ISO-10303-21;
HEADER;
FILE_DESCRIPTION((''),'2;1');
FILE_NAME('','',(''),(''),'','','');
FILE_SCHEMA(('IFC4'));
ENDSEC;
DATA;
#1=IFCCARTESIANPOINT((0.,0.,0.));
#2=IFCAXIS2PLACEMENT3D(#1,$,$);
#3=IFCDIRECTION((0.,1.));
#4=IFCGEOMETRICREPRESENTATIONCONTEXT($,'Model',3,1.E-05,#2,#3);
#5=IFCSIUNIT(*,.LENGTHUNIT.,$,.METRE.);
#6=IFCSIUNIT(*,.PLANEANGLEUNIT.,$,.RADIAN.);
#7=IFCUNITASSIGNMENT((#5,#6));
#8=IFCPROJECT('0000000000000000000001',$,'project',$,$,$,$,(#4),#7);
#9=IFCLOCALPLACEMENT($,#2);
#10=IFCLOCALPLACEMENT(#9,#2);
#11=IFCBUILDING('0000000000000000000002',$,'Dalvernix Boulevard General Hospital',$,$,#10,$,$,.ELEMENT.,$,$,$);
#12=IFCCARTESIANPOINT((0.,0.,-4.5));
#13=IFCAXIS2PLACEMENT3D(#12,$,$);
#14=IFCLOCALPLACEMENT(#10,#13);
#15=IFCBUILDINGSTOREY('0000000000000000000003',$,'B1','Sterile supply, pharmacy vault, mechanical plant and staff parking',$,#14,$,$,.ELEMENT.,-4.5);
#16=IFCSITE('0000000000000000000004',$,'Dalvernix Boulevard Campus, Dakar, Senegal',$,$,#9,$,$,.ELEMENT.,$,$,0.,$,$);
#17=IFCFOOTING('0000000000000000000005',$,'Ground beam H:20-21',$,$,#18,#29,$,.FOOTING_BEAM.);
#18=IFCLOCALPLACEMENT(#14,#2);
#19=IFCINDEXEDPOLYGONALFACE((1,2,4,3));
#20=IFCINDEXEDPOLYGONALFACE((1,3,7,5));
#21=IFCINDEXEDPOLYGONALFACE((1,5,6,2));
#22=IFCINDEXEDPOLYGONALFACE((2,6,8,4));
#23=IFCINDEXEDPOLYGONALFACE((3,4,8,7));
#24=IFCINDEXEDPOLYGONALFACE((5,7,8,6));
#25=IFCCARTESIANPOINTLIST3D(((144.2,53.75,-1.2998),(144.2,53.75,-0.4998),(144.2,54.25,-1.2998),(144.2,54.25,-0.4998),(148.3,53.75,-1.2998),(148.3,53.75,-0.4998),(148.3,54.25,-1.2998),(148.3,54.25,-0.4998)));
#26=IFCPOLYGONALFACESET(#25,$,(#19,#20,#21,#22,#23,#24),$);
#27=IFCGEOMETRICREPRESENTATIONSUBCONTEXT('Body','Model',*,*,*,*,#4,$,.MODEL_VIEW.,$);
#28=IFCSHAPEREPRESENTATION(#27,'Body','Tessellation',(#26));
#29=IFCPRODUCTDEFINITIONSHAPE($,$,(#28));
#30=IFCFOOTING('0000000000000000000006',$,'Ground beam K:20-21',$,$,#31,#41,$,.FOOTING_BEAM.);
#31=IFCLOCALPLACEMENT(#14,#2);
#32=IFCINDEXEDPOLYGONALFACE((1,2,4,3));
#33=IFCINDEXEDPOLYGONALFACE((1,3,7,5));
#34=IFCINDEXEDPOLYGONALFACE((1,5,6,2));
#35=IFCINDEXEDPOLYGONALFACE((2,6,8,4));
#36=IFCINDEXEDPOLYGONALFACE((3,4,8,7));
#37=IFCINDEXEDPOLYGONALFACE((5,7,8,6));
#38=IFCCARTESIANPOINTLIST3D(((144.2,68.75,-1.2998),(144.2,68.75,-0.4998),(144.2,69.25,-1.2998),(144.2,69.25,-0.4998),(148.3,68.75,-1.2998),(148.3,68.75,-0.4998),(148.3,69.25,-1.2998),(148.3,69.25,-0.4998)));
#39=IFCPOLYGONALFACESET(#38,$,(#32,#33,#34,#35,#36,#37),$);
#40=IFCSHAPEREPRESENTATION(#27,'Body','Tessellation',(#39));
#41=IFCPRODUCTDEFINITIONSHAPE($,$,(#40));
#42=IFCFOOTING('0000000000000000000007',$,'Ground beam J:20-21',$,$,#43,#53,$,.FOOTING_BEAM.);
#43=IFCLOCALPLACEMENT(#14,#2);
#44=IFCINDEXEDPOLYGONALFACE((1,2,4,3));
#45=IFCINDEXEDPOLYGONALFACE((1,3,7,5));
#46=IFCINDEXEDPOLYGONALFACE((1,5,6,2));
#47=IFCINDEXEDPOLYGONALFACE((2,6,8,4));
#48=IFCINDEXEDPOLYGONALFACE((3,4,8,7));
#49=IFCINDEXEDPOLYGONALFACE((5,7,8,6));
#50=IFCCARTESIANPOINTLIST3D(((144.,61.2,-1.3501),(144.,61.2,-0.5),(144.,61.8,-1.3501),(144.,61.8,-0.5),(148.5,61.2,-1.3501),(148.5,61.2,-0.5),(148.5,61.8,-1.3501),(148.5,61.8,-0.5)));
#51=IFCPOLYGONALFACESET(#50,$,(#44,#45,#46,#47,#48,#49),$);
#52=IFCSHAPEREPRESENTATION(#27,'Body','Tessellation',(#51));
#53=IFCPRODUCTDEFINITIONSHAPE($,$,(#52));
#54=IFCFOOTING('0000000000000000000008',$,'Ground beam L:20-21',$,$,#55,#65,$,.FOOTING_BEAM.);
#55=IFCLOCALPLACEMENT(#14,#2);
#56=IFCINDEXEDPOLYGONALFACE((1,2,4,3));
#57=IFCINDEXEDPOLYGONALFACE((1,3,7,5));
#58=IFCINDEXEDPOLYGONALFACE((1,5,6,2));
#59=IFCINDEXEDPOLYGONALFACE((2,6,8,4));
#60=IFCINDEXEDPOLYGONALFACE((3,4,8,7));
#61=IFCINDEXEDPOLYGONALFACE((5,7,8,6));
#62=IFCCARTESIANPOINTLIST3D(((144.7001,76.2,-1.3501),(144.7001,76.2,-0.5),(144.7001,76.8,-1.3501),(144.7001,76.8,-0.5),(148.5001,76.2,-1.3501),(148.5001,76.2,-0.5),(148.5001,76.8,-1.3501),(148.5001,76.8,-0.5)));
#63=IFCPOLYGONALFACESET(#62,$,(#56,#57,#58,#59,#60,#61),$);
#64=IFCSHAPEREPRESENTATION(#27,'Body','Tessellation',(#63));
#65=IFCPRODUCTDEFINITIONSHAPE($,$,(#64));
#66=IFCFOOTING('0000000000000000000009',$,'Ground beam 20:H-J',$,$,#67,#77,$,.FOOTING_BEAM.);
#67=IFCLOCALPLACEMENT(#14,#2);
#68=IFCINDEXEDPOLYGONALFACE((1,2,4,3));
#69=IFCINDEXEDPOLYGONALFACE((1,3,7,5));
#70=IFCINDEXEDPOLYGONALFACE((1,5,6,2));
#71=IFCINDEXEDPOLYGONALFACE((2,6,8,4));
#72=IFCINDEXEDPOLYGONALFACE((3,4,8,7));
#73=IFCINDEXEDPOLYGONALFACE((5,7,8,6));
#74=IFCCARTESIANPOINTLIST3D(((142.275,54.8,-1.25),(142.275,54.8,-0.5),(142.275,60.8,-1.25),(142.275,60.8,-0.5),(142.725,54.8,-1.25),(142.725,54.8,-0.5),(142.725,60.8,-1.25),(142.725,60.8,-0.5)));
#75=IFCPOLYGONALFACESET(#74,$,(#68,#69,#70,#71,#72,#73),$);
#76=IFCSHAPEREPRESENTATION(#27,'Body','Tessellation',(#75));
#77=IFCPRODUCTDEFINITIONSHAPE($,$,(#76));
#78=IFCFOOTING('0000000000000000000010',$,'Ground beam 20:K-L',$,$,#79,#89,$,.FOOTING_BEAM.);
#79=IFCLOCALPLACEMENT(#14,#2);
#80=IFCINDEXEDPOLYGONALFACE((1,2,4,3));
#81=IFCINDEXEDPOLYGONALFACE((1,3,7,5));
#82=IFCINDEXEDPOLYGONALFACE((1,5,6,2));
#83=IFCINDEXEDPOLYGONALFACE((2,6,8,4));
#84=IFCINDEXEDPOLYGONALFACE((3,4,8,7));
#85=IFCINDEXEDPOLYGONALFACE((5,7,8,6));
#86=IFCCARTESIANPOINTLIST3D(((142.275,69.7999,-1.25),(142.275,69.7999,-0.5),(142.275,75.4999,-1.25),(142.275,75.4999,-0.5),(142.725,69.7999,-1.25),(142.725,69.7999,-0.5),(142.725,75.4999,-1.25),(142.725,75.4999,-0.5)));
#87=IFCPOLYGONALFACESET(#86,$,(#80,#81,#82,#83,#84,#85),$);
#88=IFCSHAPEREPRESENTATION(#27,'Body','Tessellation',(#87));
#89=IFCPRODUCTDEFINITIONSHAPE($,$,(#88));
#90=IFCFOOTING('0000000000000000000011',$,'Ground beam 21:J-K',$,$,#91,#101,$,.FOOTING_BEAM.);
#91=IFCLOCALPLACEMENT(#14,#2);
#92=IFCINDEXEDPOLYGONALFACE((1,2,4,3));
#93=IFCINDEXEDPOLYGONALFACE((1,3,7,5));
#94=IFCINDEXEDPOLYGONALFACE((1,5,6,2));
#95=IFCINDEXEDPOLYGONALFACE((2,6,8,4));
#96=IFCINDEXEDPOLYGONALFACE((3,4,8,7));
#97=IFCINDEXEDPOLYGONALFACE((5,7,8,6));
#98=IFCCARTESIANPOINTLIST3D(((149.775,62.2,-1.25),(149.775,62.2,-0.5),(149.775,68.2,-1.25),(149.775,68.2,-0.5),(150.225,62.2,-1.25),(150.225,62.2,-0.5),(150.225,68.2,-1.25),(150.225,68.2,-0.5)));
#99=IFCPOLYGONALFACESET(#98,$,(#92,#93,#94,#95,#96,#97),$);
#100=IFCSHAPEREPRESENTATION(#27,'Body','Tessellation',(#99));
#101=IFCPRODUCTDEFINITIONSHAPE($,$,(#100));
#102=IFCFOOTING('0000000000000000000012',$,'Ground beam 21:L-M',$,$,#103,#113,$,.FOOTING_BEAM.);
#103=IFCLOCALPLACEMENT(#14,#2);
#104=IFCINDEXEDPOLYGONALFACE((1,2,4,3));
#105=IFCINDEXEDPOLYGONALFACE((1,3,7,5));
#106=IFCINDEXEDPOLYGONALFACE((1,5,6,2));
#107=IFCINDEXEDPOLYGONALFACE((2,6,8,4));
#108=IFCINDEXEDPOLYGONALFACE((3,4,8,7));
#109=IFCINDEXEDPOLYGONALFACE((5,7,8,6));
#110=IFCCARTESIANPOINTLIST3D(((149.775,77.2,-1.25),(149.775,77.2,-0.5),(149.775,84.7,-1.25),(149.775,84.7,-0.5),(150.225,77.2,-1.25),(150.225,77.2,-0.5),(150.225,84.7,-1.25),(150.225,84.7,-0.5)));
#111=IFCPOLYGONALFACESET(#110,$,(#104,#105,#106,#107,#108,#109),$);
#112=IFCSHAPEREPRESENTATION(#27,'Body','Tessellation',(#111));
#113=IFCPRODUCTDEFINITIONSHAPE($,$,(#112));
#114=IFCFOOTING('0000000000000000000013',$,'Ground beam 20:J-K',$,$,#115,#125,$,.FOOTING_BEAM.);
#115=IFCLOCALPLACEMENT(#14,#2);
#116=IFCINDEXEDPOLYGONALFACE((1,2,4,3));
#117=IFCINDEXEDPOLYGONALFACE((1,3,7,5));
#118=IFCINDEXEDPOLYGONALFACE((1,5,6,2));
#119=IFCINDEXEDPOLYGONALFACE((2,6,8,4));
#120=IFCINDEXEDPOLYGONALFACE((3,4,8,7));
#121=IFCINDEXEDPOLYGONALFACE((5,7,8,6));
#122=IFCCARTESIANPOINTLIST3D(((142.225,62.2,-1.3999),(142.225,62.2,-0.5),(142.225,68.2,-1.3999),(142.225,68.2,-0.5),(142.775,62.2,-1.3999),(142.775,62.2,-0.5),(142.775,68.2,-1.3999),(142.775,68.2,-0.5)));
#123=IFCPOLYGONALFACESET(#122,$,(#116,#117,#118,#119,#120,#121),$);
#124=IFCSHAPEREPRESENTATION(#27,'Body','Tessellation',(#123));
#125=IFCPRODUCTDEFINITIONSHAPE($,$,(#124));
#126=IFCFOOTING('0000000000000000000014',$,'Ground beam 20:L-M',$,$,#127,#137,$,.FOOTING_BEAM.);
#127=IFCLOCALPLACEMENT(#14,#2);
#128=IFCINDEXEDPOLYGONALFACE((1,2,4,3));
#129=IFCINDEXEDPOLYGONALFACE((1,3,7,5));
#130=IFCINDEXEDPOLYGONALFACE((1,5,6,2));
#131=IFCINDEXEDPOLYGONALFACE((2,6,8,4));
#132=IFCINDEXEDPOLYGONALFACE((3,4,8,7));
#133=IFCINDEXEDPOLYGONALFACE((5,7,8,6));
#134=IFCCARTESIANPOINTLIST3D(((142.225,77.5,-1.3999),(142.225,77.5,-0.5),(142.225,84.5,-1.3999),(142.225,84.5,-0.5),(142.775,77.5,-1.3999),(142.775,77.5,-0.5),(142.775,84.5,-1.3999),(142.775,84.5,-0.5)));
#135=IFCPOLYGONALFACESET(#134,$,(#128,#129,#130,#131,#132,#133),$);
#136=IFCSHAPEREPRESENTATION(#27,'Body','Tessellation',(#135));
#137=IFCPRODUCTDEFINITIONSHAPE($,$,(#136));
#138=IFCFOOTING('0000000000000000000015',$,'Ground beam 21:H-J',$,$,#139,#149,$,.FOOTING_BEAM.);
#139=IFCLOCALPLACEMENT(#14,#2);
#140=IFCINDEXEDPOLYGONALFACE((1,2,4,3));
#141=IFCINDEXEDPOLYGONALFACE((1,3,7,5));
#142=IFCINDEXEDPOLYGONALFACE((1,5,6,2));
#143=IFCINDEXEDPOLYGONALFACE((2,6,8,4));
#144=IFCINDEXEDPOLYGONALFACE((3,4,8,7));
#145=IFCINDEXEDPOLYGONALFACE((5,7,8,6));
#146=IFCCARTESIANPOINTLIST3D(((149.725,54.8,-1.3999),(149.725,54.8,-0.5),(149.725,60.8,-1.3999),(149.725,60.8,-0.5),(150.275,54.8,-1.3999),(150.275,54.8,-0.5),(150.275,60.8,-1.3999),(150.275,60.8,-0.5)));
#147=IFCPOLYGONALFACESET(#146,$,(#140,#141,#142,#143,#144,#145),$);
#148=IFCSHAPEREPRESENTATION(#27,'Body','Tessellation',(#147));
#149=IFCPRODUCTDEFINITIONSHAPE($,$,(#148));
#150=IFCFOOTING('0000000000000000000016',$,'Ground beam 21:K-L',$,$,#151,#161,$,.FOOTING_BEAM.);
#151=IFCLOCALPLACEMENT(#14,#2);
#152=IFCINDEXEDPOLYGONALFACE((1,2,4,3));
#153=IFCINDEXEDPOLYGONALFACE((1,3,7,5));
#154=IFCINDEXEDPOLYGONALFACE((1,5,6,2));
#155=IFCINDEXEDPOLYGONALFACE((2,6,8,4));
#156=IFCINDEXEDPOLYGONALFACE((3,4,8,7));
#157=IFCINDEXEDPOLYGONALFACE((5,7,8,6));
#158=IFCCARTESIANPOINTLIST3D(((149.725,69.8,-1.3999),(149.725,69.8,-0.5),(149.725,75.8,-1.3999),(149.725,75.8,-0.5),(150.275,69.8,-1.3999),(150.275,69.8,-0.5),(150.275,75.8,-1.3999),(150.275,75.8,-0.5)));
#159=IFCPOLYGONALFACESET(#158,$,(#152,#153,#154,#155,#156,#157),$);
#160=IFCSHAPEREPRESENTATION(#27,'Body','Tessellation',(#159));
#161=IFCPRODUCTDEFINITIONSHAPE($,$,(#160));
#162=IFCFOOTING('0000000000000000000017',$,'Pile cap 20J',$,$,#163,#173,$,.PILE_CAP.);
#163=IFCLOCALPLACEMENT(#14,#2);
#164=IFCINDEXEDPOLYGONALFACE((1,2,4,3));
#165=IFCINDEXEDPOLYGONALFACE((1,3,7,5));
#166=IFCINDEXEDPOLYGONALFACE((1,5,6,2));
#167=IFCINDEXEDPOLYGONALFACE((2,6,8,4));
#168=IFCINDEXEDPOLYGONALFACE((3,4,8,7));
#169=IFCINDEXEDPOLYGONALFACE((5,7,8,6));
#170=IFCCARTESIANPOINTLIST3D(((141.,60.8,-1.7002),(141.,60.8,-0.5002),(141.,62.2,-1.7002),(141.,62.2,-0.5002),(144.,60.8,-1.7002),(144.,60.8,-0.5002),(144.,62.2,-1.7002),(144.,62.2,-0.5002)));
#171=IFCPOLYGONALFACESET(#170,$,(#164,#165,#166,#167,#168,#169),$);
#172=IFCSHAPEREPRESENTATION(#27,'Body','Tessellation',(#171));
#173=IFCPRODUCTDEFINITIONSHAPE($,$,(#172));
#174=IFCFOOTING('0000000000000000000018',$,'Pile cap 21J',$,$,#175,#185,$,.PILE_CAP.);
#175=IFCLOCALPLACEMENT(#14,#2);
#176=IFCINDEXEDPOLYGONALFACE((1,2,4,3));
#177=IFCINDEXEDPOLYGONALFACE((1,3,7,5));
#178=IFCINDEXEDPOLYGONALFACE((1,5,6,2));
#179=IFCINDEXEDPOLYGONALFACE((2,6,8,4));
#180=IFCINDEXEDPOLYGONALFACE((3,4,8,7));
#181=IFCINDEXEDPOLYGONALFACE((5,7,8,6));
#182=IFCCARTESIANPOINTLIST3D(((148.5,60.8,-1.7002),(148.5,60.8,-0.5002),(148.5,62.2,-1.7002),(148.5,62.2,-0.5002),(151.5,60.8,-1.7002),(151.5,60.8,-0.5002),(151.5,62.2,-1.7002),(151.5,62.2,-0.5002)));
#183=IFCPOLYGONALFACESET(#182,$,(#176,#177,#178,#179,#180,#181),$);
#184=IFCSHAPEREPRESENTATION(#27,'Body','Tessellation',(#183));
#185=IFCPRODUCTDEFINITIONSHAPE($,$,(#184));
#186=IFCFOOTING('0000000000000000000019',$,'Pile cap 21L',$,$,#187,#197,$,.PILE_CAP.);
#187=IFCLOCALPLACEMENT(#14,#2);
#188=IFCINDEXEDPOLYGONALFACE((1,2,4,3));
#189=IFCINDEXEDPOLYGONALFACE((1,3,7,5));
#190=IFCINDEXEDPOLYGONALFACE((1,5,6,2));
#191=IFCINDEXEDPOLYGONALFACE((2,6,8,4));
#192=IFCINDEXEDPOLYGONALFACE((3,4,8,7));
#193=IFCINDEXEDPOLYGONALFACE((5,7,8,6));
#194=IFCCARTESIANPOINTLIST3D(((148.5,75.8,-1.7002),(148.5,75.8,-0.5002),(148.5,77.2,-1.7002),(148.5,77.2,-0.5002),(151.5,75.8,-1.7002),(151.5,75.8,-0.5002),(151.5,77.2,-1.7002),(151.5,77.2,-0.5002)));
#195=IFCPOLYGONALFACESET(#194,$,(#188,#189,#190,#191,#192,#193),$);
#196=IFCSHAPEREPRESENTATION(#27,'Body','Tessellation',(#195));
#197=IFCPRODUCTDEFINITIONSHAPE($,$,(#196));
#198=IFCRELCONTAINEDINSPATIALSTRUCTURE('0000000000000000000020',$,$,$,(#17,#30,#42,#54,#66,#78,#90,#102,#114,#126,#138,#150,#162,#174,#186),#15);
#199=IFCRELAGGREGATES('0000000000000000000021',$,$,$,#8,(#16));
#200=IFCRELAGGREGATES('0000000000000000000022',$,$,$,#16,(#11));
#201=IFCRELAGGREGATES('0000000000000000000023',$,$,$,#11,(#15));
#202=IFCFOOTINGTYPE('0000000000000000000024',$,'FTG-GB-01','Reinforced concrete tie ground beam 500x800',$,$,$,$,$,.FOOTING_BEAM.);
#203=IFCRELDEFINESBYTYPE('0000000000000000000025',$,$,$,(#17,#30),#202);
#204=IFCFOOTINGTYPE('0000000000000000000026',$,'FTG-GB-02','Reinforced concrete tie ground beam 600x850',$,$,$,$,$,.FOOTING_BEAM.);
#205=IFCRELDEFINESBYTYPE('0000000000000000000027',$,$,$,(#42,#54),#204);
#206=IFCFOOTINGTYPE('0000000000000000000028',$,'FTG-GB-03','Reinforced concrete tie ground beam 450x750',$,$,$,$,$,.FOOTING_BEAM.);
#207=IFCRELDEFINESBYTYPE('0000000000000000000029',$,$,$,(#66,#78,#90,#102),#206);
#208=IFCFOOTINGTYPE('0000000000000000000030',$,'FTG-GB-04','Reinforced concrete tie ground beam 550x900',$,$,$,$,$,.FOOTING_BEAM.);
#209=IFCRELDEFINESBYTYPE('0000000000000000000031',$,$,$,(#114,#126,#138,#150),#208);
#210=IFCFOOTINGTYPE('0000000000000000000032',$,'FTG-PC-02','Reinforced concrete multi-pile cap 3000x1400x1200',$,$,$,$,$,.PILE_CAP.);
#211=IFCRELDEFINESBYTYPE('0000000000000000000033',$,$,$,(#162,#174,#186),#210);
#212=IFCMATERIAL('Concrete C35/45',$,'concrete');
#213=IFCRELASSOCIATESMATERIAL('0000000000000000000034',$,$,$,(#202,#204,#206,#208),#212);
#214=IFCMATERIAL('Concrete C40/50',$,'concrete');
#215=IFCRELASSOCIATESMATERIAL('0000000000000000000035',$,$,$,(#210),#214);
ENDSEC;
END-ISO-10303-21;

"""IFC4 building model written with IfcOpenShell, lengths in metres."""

from ifc_helpers import new_model, si_unit, direction, frame, origin, origin_2d, place, context, subcontext, project, spatial, rectangle, extrude, material, type_object, element, save


model = new_model("IFC4")

# Units and contexts
model_context = context("Model", 3, precision=1e-05, world=origin(), true_north=direction((0.0, 1.0)))
body_context = subcontext(model_context, "Body", "Model", "MODEL_VIEW")
ifc_project = project(units=[si_unit("LENGTHUNIT", "METRE"), si_unit("PLANEANGLEUNIT", "RADIAN")], contexts=[model_context])

# Site, building, storey
site_placement = place(None, origin())
site = spatial("IfcSite", under=ifc_project, at=site_placement, Name="Dalvernix Boulevard Campus, Dakar, Senegal", CompositionType="ELEMENT", RefElevation=0.0)
building_placement = place(site_placement, origin())
building = spatial("IfcBuilding", under=site, at=building_placement, Name="Dalvernix Boulevard General Hospital", CompositionType="ELEMENT")
storey_placement = place(building_placement, frame((0.0, 0.0, -4.5)))
storey = spatial("IfcBuildingStorey", under=building, at=storey_placement, Name="B1", Description="Sterile supply, pharmacy vault, mechanical plant and staff parking", CompositionType="ELEMENT", Elevation=-4.5)

# Footings
ifc_material_1 = material(Name="Concrete C35/45", Category="concrete")
footing_type_1 = type_object("IfcFootingType", Name="FTG-GB-01", Description="Reinforced concrete tie ground beam 500x800", PredefinedType="FOOTING_BEAM", material=ifc_material_1)
for number, where, z_axis, x_axis, name in (
    (1, (146.25, 54.0, -1.2998), (0.0, 0.0, 1.0), (1.0, 0.0, 0.0), "Ground beam H:20-21"),
    (2, (146.25, 69.0, -1.2998), (0.0, 0.0, 1.0), (1.0, 0.0, 0.0), "Ground beam K:20-21"),
):
    element("IfcFooting", number, at=place(storey_placement, frame(where, z_axis=z_axis, x_axis=x_axis)), inside=storey, type_object=footing_type_1, Name=name, PredefinedType="FOOTING_BEAM", context=body_context, shape_type="SweptSolid", body=[
        extrude(rectangle(XDim=4.1001, YDim=0.5, at=origin_2d()), origin(), (0.0, 0.0, 1.0), 0.8),
    ])
footing_type_2 = type_object("IfcFootingType", Name="FTG-GB-02", Description="Reinforced concrete tie ground beam 600x850", PredefinedType="FOOTING_BEAM", material=ifc_material_1)
footing_1_placement = place(storey_placement, frame((146.25, 61.5, -1.3501), z_axis=(0.0, 0.0, 1.0), x_axis=(1.0, 0.0, 0.0)))
element("IfcFooting", 3, at=footing_1_placement, inside=storey, type_object=footing_type_2, Name="Ground beam J:20-21", PredefinedType="FOOTING_BEAM", context=body_context, shape_type="SweptSolid", body=[
    extrude(rectangle(XDim=4.5, YDim=0.6001, at=origin_2d()), origin(), (0.0, 0.0, 1.0), 0.8501),
])
footing_2_placement = place(storey_placement, frame((146.6001, 76.5, -1.3501), z_axis=(0.0, 0.0, 1.0), x_axis=(1.0, 0.0, 0.0)))
element("IfcFooting", 4, at=footing_2_placement, inside=storey, type_object=footing_type_2, Name="Ground beam L:20-21", PredefinedType="FOOTING_BEAM", context=body_context, shape_type="SweptSolid", body=[
    extrude(rectangle(XDim=3.8, YDim=0.6001, at=origin_2d()), origin(), (0.0, 0.0, 1.0), 0.8501),
])
footing_type_3 = type_object("IfcFootingType", Name="FTG-GB-03", Description="Reinforced concrete tie ground beam 450x750", PredefinedType="FOOTING_BEAM", material=ifc_material_1)
footing_3_placement = place(storey_placement, frame((142.5, 57.8, -1.25), z_axis=(0.0, 0.0, 1.0), x_axis=(0.0, 1.0, 0.0)))
element("IfcFooting", 5, at=footing_3_placement, inside=storey, type_object=footing_type_3, Name="Ground beam 20:H-J", PredefinedType="FOOTING_BEAM", context=body_context, shape_type="SweptSolid", body=[
    extrude(rectangle(XDim=6.0, YDim=0.45, at=origin_2d()), origin(), (0.0, 0.0, 1.0), 0.75),
])
footing_4_placement = place(storey_placement, frame((142.5, 72.6499, -1.25), z_axis=(0.0, 0.0, 1.0), x_axis=(0.0, 1.0, 0.0)))
element("IfcFooting", 6, at=footing_4_placement, inside=storey, type_object=footing_type_3, Name="Ground beam 20:K-L", PredefinedType="FOOTING_BEAM", context=body_context, shape_type="SweptSolid", body=[
    extrude(rectangle(XDim=5.7, YDim=0.45, at=origin_2d()), origin(), (0.0, 0.0, 1.0), 0.75),
])
footing_5_placement = place(storey_placement, frame((150.0, 65.2, -1.25), z_axis=(0.0, 0.0, 1.0), x_axis=(0.0, 1.0, 0.0)))
element("IfcFooting", 7, at=footing_5_placement, inside=storey, type_object=footing_type_3, Name="Ground beam 21:J-K", PredefinedType="FOOTING_BEAM", context=body_context, shape_type="SweptSolid", body=[
    extrude(rectangle(XDim=6.0, YDim=0.45, at=origin_2d()), origin(), (0.0, 0.0, 1.0), 0.75),
])
footing_6_placement = place(storey_placement, frame((150.0, 80.95, -1.25), z_axis=(0.0, 0.0, 1.0), x_axis=(0.0, 1.0, 0.0)))
element("IfcFooting", 8, at=footing_6_placement, inside=storey, type_object=footing_type_3, Name="Ground beam 21:L-M", PredefinedType="FOOTING_BEAM", context=body_context, shape_type="SweptSolid", body=[
    extrude(rectangle(XDim=7.5, YDim=0.45, at=origin_2d()), origin(), (0.0, 0.0, 1.0), 0.75),
])
footing_type_4 = type_object("IfcFootingType", Name="FTG-GB-04", Description="Reinforced concrete tie ground beam 550x900", PredefinedType="FOOTING_BEAM", material=ifc_material_1)
footing_7_placement = place(storey_placement, frame((142.5, 65.2, -1.3999), z_axis=(0.0, 0.0, 1.0), x_axis=(0.0, 1.0, 0.0)))
element("IfcFooting", 9, at=footing_7_placement, inside=storey, type_object=footing_type_4, Name="Ground beam 20:J-K", PredefinedType="FOOTING_BEAM", context=body_context, shape_type="SweptSolid", body=[
    extrude(rectangle(XDim=6.0, YDim=0.55, at=origin_2d()), origin(), (0.0, 0.0, 1.0), 0.8999),
])
footing_8_placement = place(storey_placement, frame((142.5, 81.0, -1.3999), z_axis=(0.0, 0.0, 1.0), x_axis=(0.0, 1.0, 0.0)))
element("IfcFooting", 10, at=footing_8_placement, inside=storey, type_object=footing_type_4, Name="Ground beam 20:L-M", PredefinedType="FOOTING_BEAM", context=body_context, shape_type="SweptSolid", body=[
    extrude(rectangle(XDim=7.0, YDim=0.55, at=origin_2d()), origin(), (0.0, 0.0, 1.0), 0.8999),
])
for number, where, z_axis, x_axis, name in (
    (11, (150.0, 57.8, -1.3999), (0.0, 0.0, 1.0), (0.0, 1.0, 0.0), "Ground beam 21:H-J"),
    (12, (150.0, 72.8, -1.3999), (0.0, 0.0, 1.0), (0.0, 1.0, 0.0), "Ground beam 21:K-L"),
):
    element("IfcFooting", number, at=place(storey_placement, frame(where, z_axis=z_axis, x_axis=x_axis)), inside=storey, type_object=footing_type_4, Name=name, PredefinedType="FOOTING_BEAM", context=body_context, shape_type="SweptSolid", body=[
        extrude(rectangle(XDim=6.0, YDim=0.55, at=origin_2d()), origin(), (0.0, 0.0, 1.0), 0.8999),
    ])
ifc_material_2 = material(Name="Concrete C40/50", Category="concrete")
footing_type_5 = type_object("IfcFootingType", Name="FTG-PC-02", Description="Reinforced concrete multi-pile cap 3000x1400x1200", PredefinedType="PILE_CAP", material=ifc_material_2)
for number, where, z_axis, x_axis, name in (
    (13, (142.5, 61.5, -1.7002), (0.0, 0.0, 1.0), (1.0, 0.0, 0.0), "Pile cap 20J"),
    (14, (150.0, 61.5, -1.7002), (0.0, 0.0, 1.0), (1.0, 0.0, 0.0), "Pile cap 21J"),
    (15, (150.0, 76.5, -1.7002), (0.0, 0.0, 1.0), (1.0, 0.0, 0.0), "Pile cap 21L"),
):
    element("IfcFooting", number, at=place(storey_placement, frame(where, z_axis=z_axis, x_axis=x_axis)), inside=storey, type_object=footing_type_5, Name=name, PredefinedType="PILE_CAP", context=body_context, shape_type="SweptSolid", body=[
        extrude(rectangle(XDim=3.0, YDim=1.3999, at=origin_2d()), origin(), (0.0, 0.0, 1.0), 1.2),
    ])

save(model, "model.ifc")
